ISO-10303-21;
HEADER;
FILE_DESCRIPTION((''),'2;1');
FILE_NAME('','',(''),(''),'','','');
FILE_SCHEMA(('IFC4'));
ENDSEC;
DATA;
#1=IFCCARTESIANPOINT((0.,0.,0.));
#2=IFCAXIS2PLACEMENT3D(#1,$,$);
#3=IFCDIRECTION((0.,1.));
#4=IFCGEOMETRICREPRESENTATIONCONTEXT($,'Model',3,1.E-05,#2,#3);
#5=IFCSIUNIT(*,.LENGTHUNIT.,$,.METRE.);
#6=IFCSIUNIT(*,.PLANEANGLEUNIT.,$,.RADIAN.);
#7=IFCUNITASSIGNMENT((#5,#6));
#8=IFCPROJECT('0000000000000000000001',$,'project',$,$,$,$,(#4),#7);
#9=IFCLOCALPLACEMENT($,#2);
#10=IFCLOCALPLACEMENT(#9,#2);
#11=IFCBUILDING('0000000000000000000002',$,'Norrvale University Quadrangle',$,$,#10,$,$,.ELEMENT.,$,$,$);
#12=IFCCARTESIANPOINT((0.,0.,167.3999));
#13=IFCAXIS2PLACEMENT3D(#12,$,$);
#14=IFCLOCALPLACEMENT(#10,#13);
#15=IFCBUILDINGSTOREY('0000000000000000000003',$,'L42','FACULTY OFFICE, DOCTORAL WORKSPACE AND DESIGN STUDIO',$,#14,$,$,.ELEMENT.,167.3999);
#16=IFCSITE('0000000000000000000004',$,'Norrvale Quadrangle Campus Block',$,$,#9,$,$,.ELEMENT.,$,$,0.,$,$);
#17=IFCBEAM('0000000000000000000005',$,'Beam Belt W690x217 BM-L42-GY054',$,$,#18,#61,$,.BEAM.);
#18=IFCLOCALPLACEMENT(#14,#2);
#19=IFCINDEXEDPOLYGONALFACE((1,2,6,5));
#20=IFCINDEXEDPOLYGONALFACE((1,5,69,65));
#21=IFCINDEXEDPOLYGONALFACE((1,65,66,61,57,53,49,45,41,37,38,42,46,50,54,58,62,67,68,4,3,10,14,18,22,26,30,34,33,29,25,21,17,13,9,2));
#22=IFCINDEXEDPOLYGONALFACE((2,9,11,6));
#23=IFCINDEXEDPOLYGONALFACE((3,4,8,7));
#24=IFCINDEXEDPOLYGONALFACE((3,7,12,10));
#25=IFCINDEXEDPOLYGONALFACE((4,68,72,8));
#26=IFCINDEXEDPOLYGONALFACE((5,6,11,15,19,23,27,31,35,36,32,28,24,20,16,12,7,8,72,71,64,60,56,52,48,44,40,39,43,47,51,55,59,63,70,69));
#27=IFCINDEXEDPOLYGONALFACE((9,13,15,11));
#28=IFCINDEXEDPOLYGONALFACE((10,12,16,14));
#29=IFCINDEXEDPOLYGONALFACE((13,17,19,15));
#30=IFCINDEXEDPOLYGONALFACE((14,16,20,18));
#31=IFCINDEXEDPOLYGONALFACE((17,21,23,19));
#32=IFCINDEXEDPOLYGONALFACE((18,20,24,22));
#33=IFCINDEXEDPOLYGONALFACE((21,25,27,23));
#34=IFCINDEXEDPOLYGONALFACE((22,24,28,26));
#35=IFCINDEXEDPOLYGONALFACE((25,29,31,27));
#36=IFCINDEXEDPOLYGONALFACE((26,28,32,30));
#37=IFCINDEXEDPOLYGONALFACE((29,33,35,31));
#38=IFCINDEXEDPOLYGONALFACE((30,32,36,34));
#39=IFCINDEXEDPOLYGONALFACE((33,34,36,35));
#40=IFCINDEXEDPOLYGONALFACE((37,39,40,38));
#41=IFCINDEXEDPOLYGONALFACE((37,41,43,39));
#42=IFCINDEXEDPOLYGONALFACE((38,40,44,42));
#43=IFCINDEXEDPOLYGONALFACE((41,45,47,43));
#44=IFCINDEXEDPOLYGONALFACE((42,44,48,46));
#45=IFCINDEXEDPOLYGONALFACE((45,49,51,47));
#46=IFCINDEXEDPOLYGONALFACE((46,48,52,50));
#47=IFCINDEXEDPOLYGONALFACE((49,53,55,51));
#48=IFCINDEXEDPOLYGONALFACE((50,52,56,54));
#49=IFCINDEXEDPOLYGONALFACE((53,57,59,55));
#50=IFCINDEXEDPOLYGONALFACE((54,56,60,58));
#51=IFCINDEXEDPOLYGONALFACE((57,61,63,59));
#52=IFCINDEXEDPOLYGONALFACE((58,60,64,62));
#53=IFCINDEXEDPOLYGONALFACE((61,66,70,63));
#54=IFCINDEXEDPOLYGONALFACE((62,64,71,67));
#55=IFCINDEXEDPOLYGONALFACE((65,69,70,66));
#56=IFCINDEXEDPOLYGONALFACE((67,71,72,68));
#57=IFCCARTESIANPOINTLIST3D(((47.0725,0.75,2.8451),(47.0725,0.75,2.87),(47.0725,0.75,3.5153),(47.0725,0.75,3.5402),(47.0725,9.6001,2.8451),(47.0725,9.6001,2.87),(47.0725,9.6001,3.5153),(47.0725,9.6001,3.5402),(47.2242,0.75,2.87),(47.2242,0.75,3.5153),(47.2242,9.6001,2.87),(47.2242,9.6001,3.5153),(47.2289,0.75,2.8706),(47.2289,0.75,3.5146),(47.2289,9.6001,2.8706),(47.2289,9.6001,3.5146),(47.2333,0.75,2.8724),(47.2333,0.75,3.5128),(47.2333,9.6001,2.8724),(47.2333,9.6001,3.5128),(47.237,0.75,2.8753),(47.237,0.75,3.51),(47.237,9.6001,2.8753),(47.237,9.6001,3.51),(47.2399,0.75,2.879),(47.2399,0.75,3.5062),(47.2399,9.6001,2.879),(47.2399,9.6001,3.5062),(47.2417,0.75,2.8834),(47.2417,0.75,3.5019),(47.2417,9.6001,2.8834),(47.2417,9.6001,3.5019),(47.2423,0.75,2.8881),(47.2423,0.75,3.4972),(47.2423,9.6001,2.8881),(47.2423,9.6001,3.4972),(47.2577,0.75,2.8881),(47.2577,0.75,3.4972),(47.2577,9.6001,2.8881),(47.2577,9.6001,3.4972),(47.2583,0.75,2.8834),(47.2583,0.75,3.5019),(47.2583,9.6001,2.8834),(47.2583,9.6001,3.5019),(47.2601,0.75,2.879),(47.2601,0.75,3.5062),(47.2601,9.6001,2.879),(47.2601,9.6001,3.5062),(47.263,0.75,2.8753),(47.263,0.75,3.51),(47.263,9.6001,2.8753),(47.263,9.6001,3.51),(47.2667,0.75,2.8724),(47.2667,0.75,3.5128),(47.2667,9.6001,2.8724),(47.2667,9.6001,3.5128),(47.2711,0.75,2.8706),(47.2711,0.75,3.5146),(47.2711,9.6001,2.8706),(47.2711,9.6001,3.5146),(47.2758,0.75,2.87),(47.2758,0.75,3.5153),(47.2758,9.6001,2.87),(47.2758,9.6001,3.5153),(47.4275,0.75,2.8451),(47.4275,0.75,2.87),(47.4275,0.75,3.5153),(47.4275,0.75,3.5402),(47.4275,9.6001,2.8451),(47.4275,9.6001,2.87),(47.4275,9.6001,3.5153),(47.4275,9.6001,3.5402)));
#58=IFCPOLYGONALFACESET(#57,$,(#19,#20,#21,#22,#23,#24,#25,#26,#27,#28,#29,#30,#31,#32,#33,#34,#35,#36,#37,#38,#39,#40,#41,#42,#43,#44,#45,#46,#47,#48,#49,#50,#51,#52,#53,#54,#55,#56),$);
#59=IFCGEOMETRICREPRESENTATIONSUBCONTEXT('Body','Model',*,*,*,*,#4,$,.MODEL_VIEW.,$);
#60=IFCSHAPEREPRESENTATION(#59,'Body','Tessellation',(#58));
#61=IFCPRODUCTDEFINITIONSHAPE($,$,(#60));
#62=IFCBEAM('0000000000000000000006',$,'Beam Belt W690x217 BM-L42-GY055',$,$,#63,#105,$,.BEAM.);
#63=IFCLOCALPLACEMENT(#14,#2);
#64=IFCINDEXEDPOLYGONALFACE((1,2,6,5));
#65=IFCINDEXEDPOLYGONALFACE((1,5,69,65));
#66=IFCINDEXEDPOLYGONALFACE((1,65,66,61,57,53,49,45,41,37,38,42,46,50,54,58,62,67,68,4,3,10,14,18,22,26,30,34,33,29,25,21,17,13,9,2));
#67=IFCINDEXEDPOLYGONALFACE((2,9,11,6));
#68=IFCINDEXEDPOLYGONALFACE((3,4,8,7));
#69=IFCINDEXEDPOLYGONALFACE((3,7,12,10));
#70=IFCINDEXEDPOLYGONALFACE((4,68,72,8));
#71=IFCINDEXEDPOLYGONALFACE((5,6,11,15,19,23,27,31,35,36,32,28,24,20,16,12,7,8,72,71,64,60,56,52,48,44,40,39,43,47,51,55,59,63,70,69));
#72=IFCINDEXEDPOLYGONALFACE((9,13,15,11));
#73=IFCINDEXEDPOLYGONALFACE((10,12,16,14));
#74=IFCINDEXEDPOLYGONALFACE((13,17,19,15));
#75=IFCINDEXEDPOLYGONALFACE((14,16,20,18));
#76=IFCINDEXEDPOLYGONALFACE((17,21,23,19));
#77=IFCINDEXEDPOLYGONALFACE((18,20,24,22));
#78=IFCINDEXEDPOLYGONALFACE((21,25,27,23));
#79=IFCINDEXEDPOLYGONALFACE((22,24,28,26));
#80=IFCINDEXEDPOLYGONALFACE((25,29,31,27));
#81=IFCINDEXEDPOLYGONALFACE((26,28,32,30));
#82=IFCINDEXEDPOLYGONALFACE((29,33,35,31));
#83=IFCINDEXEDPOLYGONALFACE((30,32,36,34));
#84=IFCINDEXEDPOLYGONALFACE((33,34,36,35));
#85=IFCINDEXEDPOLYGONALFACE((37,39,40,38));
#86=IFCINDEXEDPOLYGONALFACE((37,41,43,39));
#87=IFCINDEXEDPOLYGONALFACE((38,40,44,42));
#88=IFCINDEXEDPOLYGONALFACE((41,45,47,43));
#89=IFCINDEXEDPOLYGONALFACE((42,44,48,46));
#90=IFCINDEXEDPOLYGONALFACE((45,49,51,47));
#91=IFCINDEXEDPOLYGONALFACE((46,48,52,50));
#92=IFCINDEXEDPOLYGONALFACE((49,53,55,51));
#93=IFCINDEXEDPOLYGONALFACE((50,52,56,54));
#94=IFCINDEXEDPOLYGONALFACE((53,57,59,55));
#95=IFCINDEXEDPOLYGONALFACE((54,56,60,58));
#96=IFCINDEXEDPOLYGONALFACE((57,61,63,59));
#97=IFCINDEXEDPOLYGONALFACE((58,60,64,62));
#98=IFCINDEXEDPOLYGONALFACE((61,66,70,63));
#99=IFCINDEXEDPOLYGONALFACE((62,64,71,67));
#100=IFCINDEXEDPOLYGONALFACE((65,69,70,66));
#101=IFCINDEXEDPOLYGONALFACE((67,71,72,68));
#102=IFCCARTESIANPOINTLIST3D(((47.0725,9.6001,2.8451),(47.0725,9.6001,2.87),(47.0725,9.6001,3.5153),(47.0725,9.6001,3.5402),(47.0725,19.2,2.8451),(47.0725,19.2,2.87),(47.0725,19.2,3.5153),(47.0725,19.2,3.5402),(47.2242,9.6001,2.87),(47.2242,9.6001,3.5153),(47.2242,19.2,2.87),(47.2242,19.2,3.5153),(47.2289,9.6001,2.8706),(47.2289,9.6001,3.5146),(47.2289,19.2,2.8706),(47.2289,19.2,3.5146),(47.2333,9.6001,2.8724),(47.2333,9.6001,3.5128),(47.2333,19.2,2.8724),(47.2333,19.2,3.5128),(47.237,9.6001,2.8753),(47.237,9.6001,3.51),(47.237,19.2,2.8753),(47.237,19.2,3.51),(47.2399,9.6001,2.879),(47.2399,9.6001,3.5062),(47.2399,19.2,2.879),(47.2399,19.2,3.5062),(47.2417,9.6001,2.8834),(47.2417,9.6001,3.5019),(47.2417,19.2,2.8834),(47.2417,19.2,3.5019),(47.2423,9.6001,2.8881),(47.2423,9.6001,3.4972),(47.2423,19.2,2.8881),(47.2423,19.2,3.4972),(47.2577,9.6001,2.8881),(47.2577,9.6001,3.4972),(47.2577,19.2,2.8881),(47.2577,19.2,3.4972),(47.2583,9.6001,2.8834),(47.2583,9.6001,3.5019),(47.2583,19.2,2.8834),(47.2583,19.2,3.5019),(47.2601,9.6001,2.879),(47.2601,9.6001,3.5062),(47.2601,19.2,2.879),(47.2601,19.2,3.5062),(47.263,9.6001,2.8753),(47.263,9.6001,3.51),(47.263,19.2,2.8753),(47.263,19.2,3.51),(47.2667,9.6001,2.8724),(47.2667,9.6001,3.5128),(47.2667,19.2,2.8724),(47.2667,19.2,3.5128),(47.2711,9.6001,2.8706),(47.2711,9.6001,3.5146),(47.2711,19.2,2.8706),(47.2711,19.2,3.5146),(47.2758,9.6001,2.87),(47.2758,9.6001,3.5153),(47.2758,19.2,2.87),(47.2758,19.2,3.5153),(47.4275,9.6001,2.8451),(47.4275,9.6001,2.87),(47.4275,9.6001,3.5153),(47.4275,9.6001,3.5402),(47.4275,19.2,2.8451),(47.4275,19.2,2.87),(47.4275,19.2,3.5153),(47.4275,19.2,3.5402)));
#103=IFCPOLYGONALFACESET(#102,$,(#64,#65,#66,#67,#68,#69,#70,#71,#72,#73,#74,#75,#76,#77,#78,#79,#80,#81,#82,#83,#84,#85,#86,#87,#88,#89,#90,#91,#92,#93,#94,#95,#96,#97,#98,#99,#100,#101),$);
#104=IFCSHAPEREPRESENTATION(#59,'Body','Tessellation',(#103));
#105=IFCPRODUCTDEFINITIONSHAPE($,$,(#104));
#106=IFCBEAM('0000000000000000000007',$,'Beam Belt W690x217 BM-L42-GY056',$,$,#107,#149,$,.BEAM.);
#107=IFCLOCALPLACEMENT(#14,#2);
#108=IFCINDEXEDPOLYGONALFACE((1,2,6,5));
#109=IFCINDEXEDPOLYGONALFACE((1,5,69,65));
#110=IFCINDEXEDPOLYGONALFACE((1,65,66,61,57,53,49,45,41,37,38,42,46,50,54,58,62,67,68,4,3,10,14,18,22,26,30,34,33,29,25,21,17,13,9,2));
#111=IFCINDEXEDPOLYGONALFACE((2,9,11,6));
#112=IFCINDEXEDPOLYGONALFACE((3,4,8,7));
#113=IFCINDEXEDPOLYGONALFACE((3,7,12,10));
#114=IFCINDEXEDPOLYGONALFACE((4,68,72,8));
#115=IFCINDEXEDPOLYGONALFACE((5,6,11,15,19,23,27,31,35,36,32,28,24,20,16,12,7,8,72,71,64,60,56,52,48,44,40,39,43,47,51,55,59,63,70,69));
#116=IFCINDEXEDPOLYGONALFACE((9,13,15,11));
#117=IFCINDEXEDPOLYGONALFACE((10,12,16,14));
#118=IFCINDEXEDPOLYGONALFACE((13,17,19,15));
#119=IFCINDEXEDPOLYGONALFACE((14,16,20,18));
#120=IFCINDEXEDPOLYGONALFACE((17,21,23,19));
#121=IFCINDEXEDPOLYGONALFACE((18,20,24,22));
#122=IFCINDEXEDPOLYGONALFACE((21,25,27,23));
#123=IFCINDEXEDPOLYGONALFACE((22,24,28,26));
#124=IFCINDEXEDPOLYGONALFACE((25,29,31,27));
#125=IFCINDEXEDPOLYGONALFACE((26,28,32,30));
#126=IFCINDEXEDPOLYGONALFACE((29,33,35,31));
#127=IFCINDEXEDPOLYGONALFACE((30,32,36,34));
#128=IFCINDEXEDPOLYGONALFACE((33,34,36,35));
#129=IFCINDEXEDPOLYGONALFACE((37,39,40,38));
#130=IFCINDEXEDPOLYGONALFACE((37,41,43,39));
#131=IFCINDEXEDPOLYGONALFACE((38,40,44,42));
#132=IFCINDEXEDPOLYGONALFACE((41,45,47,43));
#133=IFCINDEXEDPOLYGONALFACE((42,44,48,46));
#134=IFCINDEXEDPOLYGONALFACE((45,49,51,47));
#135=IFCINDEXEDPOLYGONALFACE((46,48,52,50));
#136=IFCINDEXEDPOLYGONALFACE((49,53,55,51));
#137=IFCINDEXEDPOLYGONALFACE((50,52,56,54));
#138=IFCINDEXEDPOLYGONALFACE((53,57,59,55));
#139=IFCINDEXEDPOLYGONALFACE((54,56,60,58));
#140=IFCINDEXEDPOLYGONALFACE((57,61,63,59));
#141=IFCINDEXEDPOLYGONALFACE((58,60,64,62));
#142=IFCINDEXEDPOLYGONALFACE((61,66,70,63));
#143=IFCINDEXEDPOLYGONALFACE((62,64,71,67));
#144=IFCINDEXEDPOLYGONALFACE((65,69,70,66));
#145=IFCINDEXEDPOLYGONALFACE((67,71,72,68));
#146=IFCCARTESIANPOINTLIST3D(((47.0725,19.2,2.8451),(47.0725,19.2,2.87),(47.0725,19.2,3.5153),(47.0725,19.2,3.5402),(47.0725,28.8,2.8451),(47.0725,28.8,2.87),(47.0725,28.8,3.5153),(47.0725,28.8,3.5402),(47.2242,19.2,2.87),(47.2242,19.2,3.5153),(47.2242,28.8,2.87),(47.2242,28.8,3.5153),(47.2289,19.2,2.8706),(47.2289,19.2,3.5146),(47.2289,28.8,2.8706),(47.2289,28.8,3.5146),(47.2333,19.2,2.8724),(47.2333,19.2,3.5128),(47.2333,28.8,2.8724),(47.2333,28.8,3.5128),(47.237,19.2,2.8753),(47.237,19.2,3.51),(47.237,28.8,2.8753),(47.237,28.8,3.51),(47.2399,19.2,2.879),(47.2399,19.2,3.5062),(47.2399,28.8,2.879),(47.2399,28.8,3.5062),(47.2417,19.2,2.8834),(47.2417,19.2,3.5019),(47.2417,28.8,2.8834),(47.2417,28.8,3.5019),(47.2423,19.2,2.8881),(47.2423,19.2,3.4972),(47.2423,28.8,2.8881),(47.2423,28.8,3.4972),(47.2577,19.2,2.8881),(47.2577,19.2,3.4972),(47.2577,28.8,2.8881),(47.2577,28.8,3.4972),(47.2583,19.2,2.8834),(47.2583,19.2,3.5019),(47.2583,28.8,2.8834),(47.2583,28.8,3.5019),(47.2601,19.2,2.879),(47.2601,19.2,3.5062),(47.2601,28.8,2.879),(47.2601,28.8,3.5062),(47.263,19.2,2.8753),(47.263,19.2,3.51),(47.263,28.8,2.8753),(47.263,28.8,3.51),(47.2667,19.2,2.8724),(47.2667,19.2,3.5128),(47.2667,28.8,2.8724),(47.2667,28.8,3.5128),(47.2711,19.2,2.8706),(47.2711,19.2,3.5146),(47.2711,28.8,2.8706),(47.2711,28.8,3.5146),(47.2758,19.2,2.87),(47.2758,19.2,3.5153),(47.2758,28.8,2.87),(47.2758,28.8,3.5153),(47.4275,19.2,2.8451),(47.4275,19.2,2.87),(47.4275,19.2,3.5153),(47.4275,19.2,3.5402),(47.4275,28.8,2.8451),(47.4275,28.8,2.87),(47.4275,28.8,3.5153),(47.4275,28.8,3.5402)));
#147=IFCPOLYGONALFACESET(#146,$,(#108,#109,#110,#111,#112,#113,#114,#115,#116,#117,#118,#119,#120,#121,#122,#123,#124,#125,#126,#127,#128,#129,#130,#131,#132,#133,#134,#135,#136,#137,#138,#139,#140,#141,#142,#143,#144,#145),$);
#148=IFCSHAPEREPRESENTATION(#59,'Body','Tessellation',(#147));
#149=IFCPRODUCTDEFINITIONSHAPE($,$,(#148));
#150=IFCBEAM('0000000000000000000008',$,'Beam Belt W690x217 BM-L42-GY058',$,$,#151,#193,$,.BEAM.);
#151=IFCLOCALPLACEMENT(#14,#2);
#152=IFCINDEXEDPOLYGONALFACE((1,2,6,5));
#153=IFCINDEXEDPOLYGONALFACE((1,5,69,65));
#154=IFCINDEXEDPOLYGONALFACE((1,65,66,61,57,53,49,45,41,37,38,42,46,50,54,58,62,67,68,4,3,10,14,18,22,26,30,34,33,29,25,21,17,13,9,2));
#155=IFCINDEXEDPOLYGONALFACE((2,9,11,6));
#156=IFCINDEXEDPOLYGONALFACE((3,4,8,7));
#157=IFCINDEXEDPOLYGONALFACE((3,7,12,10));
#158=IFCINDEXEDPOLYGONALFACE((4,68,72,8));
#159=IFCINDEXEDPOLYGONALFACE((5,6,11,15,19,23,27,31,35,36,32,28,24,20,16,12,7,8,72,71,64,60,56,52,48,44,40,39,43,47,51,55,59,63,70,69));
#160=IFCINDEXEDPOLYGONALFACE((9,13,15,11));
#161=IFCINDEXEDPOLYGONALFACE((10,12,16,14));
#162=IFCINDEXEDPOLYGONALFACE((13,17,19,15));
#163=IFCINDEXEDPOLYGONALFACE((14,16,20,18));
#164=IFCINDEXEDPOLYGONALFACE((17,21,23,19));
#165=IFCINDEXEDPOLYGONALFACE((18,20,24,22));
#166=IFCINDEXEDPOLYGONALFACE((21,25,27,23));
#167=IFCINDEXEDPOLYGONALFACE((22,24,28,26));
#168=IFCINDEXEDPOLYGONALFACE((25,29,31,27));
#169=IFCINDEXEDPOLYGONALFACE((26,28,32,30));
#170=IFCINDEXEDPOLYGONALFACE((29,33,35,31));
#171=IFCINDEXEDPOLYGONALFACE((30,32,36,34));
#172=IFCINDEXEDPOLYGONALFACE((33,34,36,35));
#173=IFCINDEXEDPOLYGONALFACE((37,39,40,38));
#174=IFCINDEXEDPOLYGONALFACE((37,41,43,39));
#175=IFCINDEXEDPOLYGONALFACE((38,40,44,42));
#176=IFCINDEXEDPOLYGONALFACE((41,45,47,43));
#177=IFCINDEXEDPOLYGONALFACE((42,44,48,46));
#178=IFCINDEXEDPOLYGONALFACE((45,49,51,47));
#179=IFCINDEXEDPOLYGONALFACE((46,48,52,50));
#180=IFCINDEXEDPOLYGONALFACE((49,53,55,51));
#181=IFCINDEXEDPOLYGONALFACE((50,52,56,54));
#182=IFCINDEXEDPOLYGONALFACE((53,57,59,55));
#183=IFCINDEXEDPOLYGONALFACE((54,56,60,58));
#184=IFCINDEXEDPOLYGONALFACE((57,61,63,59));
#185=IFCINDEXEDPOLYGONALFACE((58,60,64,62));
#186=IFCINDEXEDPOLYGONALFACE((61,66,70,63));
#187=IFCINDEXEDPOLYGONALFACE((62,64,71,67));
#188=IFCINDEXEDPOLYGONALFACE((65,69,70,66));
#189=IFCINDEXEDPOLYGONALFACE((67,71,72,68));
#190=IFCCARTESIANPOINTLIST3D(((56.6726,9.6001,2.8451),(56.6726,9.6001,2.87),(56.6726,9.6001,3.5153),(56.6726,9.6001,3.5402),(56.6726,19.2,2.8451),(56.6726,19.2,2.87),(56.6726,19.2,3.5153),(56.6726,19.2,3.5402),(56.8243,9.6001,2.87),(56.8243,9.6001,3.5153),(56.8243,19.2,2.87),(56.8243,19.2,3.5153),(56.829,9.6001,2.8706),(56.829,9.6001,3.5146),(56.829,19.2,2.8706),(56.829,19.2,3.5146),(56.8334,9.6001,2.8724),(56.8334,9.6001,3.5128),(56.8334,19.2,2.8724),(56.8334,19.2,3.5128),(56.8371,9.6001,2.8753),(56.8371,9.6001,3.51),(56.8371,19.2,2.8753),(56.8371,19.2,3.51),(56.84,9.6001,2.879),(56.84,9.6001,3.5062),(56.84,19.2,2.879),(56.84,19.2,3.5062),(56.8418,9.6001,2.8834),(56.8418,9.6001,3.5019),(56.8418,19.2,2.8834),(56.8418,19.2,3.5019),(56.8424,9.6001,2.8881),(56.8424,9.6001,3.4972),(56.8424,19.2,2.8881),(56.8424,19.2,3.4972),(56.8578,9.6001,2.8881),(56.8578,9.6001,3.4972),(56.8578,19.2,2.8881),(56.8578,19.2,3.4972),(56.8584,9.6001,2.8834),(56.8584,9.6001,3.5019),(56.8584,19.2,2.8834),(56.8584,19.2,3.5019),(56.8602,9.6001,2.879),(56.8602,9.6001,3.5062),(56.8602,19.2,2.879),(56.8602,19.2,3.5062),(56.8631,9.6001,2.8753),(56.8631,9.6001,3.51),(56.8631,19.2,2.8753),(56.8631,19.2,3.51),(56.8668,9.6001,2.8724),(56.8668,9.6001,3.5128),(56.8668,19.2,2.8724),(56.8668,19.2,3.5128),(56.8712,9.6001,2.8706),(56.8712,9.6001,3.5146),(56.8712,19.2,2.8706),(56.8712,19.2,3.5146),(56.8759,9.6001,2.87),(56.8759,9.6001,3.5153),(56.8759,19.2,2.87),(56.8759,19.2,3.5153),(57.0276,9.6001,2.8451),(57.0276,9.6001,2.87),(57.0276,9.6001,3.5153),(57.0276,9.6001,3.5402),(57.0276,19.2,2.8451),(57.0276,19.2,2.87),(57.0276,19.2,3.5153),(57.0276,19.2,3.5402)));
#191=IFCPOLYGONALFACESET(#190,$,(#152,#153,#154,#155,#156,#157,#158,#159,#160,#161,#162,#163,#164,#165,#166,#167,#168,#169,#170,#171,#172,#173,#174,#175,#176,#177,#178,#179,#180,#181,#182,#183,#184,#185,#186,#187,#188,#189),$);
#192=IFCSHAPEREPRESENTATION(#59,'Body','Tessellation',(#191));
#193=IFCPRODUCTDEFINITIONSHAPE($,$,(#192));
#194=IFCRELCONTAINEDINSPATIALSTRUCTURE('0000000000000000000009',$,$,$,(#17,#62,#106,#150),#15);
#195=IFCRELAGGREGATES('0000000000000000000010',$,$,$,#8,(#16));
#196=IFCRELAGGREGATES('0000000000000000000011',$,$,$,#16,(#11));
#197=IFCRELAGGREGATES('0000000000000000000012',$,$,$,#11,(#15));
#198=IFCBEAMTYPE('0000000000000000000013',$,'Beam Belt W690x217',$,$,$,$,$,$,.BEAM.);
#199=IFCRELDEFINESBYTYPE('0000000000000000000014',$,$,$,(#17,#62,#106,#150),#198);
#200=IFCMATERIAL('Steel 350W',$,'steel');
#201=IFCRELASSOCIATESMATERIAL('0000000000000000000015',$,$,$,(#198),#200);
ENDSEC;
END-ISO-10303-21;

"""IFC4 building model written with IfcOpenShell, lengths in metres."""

from ifc_helpers import new_model, si_unit, direction, frame, origin, origin_2d, place, context, subcontext, project, spatial, i_section, extrude, material, material_profile, profile_set, type_object, element, save


model = new_model("IFC4")

# Units and contexts
model_context = context("Model", 3, precision=1e-05, world=origin(), true_north=direction((0.0, 1.0)))
body_context = subcontext(model_context, "Body", "Model", "MODEL_VIEW")
ifc_project = project(units=[si_unit("LENGTHUNIT", "METRE"), si_unit("PLANEANGLEUNIT", "RADIAN")], contexts=[model_context])

# Site, building, storey
site_placement = place(None, origin())
site = spatial("IfcSite", under=ifc_project, at=site_placement, Name="Norrvale Quadrangle Campus Block", CompositionType="ELEMENT", RefElevation=0.0)
building_placement = place(site_placement, origin())
building = spatial("IfcBuilding", under=site, at=building_placement, Name="Norrvale University Quadrangle", CompositionType="ELEMENT")
storey_placement = place(building_placement, frame((0.0, 0.0, 167.3999)))
storey = spatial("IfcBuildingStorey", under=building, at=storey_placement, Name="L42", Description="FACULTY OFFICE, DOCTORAL WORKSPACE AND DESIGN STUDIO", CompositionType="ELEMENT", Elevation=167.3999)

# Beams
ifc_material_1 = material(Name="Steel 350W", Category="steel")
ifc_material_profile_1 = material_profile(ifc_material_1, i_section(OverallWidth=0.355, OverallDepth=0.6951, WebThickness=0.0154, FlangeThickness=0.0249, FilletRadius=0.0181, at=origin_2d()), Name="Steel 350W")
ifc_profile_set_1 = profile_set([ifc_material_profile_1], Name="Steel 350W")
beam_type_1 = type_object("IfcBeamType", Name="Beam Belt W690x217", PredefinedType="BEAM", material=ifc_profile_set_1)
beam_1_placement = place(storey_placement, frame((47.25, 0.75, 3.1926), z_axis=(0.0, 1.0, 0.0), x_axis=(-1.0, 0.0, 0.0)))
element("IfcBeam", 1, at=beam_1_placement, inside=storey, type_object=beam_type_1, Name="Beam Belt W690x217 BM-L42-GY054", PredefinedType="BEAM", context=body_context, shape_type="SweptSolid", body=[
    extrude(i_section(OverallWidth=0.355, OverallDepth=0.6951, WebThickness=0.0154, FlangeThickness=0.0249, FilletRadius=0.0181, at=origin_2d()), origin(), (0.0, 0.0, 1.0), 8.8501),
])
beam_2_placement = place(storey_placement, frame((47.25, 9.6001, 3.1926), z_axis=(0.0, 1.0, 0.0), x_axis=(-1.0, 0.0, 0.0)))
element("IfcBeam", 2, at=beam_2_placement, inside=storey, type_object=beam_type_1, Name="Beam Belt W690x217 BM-L42-GY055", PredefinedType="BEAM", context=body_context, shape_type="SweptSolid", body=[
    extrude(i_section(OverallWidth=0.355, OverallDepth=0.6951, WebThickness=0.0154, FlangeThickness=0.0249, FilletRadius=0.0181, at=origin_2d()), origin(), (0.0, 0.0, 1.0), 9.5999),
])
beam_3_placement = place(storey_placement, frame((47.25, 19.2, 3.1926), z_axis=(0.0, 1.0, 0.0), x_axis=(-1.0, 0.0, 0.0)))
element("IfcBeam", 3, at=beam_3_placement, inside=storey, type_object=beam_type_1, Name="Beam Belt W690x217 BM-L42-GY056", PredefinedType="BEAM", context=body_context, shape_type="SweptSolid", body=[
    extrude(i_section(OverallWidth=0.355, OverallDepth=0.6951, WebThickness=0.0154, FlangeThickness=0.0249, FilletRadius=0.0181, at=origin_2d()), origin(), (0.0, 0.0, 1.0), 9.6001),
])
beam_4_placement = place(storey_placement, frame((56.8501, 9.6001, 3.1926), z_axis=(0.0, 1.0, 0.0), x_axis=(-1.0, 0.0, 0.0)))
element("IfcBeam", 4, at=beam_4_placement, inside=storey, type_object=beam_type_1, Name="Beam Belt W690x217 BM-L42-GY058", PredefinedType="BEAM", context=body_context, shape_type="SweptSolid", body=[
    extrude(i_section(OverallWidth=0.355, OverallDepth=0.6951, WebThickness=0.0154, FlangeThickness=0.0249, FilletRadius=0.0181, at=origin_2d()), origin(), (0.0, 0.0, 1.0), 9.5999),
])

save(model, "model.ifc")
